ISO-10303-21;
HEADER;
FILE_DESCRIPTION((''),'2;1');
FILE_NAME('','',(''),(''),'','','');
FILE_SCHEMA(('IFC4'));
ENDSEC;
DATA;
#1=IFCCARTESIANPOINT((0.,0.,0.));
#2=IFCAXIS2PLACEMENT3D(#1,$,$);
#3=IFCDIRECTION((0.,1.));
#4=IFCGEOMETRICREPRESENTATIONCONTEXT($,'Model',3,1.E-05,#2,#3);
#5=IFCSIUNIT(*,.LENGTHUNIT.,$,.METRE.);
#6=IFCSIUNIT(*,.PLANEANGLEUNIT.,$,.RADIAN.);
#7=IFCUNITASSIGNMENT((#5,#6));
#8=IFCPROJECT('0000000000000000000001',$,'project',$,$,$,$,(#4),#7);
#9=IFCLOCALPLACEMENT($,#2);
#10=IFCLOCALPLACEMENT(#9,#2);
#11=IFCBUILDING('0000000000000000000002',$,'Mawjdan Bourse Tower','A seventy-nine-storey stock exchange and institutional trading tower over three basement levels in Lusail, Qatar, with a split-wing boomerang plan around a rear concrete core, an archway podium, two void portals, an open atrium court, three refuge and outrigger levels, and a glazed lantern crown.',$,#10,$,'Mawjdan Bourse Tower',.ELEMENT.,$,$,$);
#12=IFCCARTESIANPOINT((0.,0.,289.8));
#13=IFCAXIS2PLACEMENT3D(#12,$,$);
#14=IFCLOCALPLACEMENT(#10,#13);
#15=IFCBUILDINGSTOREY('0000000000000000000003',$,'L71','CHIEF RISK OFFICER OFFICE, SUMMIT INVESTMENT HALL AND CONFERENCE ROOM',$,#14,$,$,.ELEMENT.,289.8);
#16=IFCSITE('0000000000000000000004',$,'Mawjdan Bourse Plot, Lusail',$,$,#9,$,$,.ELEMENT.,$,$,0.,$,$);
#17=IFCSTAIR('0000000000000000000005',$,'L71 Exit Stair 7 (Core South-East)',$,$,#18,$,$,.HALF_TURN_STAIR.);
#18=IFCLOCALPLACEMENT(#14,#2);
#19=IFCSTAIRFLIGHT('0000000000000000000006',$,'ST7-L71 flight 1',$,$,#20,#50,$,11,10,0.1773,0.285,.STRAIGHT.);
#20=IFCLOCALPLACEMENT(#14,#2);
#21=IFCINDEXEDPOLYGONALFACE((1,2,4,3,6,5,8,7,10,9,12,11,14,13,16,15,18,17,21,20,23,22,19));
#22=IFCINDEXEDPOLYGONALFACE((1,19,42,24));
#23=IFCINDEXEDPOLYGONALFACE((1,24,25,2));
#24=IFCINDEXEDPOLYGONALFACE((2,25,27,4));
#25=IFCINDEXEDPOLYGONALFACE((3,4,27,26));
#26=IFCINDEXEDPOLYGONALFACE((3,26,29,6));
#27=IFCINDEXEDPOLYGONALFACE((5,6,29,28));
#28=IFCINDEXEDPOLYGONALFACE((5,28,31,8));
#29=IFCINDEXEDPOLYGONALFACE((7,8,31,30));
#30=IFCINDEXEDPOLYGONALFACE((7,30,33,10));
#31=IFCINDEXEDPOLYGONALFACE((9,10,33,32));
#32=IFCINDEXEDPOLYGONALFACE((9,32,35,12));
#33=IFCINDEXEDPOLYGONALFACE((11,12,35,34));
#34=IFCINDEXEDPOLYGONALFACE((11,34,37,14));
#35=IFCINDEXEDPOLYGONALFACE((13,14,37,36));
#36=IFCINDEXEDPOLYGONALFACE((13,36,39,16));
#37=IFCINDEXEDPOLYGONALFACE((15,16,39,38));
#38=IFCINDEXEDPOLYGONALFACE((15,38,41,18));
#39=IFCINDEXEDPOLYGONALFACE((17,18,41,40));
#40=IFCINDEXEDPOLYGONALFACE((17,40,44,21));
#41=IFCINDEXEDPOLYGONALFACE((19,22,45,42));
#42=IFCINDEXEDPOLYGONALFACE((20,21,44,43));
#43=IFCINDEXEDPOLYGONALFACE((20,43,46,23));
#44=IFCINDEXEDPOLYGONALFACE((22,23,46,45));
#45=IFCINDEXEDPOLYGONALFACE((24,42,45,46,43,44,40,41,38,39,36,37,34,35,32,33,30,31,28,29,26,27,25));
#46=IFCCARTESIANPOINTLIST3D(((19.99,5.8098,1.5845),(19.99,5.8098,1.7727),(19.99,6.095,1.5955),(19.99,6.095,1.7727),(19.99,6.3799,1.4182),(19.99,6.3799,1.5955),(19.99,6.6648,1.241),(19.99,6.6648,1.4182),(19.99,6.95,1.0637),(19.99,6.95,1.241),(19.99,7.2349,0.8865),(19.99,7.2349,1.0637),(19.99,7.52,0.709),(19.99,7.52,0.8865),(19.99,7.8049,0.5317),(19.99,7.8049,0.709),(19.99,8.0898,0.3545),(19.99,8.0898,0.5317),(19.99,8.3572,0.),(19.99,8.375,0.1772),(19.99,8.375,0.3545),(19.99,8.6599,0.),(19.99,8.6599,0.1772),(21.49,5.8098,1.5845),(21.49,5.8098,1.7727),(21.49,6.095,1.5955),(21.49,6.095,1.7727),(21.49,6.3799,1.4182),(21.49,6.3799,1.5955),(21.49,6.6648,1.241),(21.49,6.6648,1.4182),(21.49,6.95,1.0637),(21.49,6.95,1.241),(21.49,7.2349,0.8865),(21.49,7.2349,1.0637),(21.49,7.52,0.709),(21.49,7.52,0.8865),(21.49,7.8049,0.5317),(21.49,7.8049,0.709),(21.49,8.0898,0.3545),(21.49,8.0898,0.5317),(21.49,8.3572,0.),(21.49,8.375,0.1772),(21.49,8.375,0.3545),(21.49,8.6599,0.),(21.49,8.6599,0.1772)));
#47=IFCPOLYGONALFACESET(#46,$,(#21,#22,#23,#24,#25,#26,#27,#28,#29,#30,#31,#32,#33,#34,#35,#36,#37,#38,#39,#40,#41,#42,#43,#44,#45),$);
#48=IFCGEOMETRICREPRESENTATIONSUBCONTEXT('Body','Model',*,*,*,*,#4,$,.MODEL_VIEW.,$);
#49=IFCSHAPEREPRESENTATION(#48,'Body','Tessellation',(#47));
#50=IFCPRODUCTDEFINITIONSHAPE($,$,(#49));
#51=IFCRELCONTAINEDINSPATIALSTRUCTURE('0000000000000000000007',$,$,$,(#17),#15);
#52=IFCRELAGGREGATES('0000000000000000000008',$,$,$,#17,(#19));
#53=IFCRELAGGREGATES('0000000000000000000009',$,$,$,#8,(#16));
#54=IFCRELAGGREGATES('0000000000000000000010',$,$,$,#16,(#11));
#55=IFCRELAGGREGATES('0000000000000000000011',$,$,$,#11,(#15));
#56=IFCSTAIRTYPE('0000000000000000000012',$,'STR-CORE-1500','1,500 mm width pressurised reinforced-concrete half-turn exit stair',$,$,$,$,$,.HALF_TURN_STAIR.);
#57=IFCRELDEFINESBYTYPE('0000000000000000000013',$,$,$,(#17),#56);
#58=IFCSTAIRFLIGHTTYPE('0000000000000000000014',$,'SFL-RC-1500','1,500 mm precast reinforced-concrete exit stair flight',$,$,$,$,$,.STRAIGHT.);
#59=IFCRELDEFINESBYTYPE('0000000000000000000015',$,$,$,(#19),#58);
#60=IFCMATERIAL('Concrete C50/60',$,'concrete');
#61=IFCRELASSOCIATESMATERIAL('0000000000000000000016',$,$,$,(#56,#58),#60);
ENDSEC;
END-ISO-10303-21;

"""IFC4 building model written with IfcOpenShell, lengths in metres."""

from ifc_helpers import new_model, si_unit, direction, frame, origin, place, context, subcontext, project, spatial, polyline, outline, extrude, material, type_object, element, aggregate, save


model = new_model("IFC4")

# Units and contexts
model_context = context("Model", 3, precision=1e-05, world=origin(), true_north=direction((0.0, 1.0)))
body_context = subcontext(model_context, "Body", "Model", "MODEL_VIEW")
ifc_project = project(units=[si_unit("LENGTHUNIT", "METRE"), si_unit("PLANEANGLEUNIT", "RADIAN")], contexts=[model_context])

# Site, building, storey
site_placement = place(None, origin())
site = spatial("IfcSite", under=ifc_project, at=site_placement, Name="Mawjdan Bourse Plot, Lusail", CompositionType="ELEMENT", RefElevation=0.0)
building_placement = place(site_placement, origin())
building = spatial("IfcBuilding", under=site, at=building_placement, Name="Mawjdan Bourse Tower", Description="A seventy-nine-storey stock exchange and institutional trading tower over three basement levels in Lusail, Qatar, with a split-wing boomerang plan around a rear concrete core, an archway podium, two void portals, an open atrium court, three refuge and outrigger levels, and a glazed lantern crown.", LongName="Mawjdan Bourse Tower", CompositionType="ELEMENT")
storey_placement = place(building_placement, frame((0.0, 0.0, 289.8)))
storey = spatial("IfcBuildingStorey", under=building, at=storey_placement, Name="L71", Description="CHIEF RISK OFFICER OFFICE, SUMMIT INVESTMENT HALL AND CONFERENCE ROOM", CompositionType="ELEMENT", Elevation=289.8)

# Shared definitions
ifc_material_1 = material(Name="Concrete C50/60", Category="concrete")

# Stair, stair flight
stair_type = type_object("IfcStairType", Name="STR-CORE-1500", Description="1,500 mm width pressurised reinforced-concrete half-turn exit stair", PredefinedType="HALF_TURN_STAIR", material=ifc_material_1)
stair_placement = place(storey_placement, origin())
stair = element("IfcStair", 1, at=stair_placement, inside=storey, type_object=stair_type, Name="L71 Exit Stair 7 (Core South-East)", PredefinedType="HALF_TURN_STAIR")
stair_flight_type = type_object("IfcStairFlightType", Name="SFL-RC-1500", Description="1,500 mm precast reinforced-concrete exit stair flight", PredefinedType="STRAIGHT", material=ifc_material_1)
stair_flight_placement = place(storey_placement, frame((20.74, 8.6599, 0.0), z_axis=(0.0, 0.0, 1.0), x_axis=(0.0, -1.0, 0.0)))
stair_flight = element("IfcStairFlight", 2, at=stair_flight_placement, type_object=stair_flight_type, Name="ST7-L71 flight 1", NumberOfRisers=11, NumberOfTreads=10, PredefinedType="STRAIGHT", RiserHeight=0.1773, TreadLength=0.285, context=body_context, shape_type="SweptSolid", body=[
    extrude(outline(polyline([(0.0, 0.0), (0.0, 0.1772), (0.2849, 0.1772), (0.2849, 0.3545), (0.5701, 0.3545), (0.5701, 0.5317), (0.855, 0.5317), (0.855, 0.709), (1.1399, 0.709), (1.1399, 0.8865), (1.425, 0.8865), (1.425, 1.0637), (1.71, 1.0637), (1.71, 1.241), (1.9951, 1.241), (1.9951, 1.4182), (2.28, 1.4182), (2.28, 1.5955), (2.5649, 1.5955), (2.5649, 1.7727), (2.8501, 1.7727), (2.8501, 1.95), (2.8501, 1.5845), (0.3027, 0.0), (0.0, 0.0)])), frame((0.0, 0.75, 0.0), z_axis=(0.0, -1.0, 0.0), x_axis=(1.0, 0.0, 0.0)), (0.0, 0.0, 1.0), 1.5),
])
aggregate(stair, [stair_flight])

save(model, "model.ifc")
